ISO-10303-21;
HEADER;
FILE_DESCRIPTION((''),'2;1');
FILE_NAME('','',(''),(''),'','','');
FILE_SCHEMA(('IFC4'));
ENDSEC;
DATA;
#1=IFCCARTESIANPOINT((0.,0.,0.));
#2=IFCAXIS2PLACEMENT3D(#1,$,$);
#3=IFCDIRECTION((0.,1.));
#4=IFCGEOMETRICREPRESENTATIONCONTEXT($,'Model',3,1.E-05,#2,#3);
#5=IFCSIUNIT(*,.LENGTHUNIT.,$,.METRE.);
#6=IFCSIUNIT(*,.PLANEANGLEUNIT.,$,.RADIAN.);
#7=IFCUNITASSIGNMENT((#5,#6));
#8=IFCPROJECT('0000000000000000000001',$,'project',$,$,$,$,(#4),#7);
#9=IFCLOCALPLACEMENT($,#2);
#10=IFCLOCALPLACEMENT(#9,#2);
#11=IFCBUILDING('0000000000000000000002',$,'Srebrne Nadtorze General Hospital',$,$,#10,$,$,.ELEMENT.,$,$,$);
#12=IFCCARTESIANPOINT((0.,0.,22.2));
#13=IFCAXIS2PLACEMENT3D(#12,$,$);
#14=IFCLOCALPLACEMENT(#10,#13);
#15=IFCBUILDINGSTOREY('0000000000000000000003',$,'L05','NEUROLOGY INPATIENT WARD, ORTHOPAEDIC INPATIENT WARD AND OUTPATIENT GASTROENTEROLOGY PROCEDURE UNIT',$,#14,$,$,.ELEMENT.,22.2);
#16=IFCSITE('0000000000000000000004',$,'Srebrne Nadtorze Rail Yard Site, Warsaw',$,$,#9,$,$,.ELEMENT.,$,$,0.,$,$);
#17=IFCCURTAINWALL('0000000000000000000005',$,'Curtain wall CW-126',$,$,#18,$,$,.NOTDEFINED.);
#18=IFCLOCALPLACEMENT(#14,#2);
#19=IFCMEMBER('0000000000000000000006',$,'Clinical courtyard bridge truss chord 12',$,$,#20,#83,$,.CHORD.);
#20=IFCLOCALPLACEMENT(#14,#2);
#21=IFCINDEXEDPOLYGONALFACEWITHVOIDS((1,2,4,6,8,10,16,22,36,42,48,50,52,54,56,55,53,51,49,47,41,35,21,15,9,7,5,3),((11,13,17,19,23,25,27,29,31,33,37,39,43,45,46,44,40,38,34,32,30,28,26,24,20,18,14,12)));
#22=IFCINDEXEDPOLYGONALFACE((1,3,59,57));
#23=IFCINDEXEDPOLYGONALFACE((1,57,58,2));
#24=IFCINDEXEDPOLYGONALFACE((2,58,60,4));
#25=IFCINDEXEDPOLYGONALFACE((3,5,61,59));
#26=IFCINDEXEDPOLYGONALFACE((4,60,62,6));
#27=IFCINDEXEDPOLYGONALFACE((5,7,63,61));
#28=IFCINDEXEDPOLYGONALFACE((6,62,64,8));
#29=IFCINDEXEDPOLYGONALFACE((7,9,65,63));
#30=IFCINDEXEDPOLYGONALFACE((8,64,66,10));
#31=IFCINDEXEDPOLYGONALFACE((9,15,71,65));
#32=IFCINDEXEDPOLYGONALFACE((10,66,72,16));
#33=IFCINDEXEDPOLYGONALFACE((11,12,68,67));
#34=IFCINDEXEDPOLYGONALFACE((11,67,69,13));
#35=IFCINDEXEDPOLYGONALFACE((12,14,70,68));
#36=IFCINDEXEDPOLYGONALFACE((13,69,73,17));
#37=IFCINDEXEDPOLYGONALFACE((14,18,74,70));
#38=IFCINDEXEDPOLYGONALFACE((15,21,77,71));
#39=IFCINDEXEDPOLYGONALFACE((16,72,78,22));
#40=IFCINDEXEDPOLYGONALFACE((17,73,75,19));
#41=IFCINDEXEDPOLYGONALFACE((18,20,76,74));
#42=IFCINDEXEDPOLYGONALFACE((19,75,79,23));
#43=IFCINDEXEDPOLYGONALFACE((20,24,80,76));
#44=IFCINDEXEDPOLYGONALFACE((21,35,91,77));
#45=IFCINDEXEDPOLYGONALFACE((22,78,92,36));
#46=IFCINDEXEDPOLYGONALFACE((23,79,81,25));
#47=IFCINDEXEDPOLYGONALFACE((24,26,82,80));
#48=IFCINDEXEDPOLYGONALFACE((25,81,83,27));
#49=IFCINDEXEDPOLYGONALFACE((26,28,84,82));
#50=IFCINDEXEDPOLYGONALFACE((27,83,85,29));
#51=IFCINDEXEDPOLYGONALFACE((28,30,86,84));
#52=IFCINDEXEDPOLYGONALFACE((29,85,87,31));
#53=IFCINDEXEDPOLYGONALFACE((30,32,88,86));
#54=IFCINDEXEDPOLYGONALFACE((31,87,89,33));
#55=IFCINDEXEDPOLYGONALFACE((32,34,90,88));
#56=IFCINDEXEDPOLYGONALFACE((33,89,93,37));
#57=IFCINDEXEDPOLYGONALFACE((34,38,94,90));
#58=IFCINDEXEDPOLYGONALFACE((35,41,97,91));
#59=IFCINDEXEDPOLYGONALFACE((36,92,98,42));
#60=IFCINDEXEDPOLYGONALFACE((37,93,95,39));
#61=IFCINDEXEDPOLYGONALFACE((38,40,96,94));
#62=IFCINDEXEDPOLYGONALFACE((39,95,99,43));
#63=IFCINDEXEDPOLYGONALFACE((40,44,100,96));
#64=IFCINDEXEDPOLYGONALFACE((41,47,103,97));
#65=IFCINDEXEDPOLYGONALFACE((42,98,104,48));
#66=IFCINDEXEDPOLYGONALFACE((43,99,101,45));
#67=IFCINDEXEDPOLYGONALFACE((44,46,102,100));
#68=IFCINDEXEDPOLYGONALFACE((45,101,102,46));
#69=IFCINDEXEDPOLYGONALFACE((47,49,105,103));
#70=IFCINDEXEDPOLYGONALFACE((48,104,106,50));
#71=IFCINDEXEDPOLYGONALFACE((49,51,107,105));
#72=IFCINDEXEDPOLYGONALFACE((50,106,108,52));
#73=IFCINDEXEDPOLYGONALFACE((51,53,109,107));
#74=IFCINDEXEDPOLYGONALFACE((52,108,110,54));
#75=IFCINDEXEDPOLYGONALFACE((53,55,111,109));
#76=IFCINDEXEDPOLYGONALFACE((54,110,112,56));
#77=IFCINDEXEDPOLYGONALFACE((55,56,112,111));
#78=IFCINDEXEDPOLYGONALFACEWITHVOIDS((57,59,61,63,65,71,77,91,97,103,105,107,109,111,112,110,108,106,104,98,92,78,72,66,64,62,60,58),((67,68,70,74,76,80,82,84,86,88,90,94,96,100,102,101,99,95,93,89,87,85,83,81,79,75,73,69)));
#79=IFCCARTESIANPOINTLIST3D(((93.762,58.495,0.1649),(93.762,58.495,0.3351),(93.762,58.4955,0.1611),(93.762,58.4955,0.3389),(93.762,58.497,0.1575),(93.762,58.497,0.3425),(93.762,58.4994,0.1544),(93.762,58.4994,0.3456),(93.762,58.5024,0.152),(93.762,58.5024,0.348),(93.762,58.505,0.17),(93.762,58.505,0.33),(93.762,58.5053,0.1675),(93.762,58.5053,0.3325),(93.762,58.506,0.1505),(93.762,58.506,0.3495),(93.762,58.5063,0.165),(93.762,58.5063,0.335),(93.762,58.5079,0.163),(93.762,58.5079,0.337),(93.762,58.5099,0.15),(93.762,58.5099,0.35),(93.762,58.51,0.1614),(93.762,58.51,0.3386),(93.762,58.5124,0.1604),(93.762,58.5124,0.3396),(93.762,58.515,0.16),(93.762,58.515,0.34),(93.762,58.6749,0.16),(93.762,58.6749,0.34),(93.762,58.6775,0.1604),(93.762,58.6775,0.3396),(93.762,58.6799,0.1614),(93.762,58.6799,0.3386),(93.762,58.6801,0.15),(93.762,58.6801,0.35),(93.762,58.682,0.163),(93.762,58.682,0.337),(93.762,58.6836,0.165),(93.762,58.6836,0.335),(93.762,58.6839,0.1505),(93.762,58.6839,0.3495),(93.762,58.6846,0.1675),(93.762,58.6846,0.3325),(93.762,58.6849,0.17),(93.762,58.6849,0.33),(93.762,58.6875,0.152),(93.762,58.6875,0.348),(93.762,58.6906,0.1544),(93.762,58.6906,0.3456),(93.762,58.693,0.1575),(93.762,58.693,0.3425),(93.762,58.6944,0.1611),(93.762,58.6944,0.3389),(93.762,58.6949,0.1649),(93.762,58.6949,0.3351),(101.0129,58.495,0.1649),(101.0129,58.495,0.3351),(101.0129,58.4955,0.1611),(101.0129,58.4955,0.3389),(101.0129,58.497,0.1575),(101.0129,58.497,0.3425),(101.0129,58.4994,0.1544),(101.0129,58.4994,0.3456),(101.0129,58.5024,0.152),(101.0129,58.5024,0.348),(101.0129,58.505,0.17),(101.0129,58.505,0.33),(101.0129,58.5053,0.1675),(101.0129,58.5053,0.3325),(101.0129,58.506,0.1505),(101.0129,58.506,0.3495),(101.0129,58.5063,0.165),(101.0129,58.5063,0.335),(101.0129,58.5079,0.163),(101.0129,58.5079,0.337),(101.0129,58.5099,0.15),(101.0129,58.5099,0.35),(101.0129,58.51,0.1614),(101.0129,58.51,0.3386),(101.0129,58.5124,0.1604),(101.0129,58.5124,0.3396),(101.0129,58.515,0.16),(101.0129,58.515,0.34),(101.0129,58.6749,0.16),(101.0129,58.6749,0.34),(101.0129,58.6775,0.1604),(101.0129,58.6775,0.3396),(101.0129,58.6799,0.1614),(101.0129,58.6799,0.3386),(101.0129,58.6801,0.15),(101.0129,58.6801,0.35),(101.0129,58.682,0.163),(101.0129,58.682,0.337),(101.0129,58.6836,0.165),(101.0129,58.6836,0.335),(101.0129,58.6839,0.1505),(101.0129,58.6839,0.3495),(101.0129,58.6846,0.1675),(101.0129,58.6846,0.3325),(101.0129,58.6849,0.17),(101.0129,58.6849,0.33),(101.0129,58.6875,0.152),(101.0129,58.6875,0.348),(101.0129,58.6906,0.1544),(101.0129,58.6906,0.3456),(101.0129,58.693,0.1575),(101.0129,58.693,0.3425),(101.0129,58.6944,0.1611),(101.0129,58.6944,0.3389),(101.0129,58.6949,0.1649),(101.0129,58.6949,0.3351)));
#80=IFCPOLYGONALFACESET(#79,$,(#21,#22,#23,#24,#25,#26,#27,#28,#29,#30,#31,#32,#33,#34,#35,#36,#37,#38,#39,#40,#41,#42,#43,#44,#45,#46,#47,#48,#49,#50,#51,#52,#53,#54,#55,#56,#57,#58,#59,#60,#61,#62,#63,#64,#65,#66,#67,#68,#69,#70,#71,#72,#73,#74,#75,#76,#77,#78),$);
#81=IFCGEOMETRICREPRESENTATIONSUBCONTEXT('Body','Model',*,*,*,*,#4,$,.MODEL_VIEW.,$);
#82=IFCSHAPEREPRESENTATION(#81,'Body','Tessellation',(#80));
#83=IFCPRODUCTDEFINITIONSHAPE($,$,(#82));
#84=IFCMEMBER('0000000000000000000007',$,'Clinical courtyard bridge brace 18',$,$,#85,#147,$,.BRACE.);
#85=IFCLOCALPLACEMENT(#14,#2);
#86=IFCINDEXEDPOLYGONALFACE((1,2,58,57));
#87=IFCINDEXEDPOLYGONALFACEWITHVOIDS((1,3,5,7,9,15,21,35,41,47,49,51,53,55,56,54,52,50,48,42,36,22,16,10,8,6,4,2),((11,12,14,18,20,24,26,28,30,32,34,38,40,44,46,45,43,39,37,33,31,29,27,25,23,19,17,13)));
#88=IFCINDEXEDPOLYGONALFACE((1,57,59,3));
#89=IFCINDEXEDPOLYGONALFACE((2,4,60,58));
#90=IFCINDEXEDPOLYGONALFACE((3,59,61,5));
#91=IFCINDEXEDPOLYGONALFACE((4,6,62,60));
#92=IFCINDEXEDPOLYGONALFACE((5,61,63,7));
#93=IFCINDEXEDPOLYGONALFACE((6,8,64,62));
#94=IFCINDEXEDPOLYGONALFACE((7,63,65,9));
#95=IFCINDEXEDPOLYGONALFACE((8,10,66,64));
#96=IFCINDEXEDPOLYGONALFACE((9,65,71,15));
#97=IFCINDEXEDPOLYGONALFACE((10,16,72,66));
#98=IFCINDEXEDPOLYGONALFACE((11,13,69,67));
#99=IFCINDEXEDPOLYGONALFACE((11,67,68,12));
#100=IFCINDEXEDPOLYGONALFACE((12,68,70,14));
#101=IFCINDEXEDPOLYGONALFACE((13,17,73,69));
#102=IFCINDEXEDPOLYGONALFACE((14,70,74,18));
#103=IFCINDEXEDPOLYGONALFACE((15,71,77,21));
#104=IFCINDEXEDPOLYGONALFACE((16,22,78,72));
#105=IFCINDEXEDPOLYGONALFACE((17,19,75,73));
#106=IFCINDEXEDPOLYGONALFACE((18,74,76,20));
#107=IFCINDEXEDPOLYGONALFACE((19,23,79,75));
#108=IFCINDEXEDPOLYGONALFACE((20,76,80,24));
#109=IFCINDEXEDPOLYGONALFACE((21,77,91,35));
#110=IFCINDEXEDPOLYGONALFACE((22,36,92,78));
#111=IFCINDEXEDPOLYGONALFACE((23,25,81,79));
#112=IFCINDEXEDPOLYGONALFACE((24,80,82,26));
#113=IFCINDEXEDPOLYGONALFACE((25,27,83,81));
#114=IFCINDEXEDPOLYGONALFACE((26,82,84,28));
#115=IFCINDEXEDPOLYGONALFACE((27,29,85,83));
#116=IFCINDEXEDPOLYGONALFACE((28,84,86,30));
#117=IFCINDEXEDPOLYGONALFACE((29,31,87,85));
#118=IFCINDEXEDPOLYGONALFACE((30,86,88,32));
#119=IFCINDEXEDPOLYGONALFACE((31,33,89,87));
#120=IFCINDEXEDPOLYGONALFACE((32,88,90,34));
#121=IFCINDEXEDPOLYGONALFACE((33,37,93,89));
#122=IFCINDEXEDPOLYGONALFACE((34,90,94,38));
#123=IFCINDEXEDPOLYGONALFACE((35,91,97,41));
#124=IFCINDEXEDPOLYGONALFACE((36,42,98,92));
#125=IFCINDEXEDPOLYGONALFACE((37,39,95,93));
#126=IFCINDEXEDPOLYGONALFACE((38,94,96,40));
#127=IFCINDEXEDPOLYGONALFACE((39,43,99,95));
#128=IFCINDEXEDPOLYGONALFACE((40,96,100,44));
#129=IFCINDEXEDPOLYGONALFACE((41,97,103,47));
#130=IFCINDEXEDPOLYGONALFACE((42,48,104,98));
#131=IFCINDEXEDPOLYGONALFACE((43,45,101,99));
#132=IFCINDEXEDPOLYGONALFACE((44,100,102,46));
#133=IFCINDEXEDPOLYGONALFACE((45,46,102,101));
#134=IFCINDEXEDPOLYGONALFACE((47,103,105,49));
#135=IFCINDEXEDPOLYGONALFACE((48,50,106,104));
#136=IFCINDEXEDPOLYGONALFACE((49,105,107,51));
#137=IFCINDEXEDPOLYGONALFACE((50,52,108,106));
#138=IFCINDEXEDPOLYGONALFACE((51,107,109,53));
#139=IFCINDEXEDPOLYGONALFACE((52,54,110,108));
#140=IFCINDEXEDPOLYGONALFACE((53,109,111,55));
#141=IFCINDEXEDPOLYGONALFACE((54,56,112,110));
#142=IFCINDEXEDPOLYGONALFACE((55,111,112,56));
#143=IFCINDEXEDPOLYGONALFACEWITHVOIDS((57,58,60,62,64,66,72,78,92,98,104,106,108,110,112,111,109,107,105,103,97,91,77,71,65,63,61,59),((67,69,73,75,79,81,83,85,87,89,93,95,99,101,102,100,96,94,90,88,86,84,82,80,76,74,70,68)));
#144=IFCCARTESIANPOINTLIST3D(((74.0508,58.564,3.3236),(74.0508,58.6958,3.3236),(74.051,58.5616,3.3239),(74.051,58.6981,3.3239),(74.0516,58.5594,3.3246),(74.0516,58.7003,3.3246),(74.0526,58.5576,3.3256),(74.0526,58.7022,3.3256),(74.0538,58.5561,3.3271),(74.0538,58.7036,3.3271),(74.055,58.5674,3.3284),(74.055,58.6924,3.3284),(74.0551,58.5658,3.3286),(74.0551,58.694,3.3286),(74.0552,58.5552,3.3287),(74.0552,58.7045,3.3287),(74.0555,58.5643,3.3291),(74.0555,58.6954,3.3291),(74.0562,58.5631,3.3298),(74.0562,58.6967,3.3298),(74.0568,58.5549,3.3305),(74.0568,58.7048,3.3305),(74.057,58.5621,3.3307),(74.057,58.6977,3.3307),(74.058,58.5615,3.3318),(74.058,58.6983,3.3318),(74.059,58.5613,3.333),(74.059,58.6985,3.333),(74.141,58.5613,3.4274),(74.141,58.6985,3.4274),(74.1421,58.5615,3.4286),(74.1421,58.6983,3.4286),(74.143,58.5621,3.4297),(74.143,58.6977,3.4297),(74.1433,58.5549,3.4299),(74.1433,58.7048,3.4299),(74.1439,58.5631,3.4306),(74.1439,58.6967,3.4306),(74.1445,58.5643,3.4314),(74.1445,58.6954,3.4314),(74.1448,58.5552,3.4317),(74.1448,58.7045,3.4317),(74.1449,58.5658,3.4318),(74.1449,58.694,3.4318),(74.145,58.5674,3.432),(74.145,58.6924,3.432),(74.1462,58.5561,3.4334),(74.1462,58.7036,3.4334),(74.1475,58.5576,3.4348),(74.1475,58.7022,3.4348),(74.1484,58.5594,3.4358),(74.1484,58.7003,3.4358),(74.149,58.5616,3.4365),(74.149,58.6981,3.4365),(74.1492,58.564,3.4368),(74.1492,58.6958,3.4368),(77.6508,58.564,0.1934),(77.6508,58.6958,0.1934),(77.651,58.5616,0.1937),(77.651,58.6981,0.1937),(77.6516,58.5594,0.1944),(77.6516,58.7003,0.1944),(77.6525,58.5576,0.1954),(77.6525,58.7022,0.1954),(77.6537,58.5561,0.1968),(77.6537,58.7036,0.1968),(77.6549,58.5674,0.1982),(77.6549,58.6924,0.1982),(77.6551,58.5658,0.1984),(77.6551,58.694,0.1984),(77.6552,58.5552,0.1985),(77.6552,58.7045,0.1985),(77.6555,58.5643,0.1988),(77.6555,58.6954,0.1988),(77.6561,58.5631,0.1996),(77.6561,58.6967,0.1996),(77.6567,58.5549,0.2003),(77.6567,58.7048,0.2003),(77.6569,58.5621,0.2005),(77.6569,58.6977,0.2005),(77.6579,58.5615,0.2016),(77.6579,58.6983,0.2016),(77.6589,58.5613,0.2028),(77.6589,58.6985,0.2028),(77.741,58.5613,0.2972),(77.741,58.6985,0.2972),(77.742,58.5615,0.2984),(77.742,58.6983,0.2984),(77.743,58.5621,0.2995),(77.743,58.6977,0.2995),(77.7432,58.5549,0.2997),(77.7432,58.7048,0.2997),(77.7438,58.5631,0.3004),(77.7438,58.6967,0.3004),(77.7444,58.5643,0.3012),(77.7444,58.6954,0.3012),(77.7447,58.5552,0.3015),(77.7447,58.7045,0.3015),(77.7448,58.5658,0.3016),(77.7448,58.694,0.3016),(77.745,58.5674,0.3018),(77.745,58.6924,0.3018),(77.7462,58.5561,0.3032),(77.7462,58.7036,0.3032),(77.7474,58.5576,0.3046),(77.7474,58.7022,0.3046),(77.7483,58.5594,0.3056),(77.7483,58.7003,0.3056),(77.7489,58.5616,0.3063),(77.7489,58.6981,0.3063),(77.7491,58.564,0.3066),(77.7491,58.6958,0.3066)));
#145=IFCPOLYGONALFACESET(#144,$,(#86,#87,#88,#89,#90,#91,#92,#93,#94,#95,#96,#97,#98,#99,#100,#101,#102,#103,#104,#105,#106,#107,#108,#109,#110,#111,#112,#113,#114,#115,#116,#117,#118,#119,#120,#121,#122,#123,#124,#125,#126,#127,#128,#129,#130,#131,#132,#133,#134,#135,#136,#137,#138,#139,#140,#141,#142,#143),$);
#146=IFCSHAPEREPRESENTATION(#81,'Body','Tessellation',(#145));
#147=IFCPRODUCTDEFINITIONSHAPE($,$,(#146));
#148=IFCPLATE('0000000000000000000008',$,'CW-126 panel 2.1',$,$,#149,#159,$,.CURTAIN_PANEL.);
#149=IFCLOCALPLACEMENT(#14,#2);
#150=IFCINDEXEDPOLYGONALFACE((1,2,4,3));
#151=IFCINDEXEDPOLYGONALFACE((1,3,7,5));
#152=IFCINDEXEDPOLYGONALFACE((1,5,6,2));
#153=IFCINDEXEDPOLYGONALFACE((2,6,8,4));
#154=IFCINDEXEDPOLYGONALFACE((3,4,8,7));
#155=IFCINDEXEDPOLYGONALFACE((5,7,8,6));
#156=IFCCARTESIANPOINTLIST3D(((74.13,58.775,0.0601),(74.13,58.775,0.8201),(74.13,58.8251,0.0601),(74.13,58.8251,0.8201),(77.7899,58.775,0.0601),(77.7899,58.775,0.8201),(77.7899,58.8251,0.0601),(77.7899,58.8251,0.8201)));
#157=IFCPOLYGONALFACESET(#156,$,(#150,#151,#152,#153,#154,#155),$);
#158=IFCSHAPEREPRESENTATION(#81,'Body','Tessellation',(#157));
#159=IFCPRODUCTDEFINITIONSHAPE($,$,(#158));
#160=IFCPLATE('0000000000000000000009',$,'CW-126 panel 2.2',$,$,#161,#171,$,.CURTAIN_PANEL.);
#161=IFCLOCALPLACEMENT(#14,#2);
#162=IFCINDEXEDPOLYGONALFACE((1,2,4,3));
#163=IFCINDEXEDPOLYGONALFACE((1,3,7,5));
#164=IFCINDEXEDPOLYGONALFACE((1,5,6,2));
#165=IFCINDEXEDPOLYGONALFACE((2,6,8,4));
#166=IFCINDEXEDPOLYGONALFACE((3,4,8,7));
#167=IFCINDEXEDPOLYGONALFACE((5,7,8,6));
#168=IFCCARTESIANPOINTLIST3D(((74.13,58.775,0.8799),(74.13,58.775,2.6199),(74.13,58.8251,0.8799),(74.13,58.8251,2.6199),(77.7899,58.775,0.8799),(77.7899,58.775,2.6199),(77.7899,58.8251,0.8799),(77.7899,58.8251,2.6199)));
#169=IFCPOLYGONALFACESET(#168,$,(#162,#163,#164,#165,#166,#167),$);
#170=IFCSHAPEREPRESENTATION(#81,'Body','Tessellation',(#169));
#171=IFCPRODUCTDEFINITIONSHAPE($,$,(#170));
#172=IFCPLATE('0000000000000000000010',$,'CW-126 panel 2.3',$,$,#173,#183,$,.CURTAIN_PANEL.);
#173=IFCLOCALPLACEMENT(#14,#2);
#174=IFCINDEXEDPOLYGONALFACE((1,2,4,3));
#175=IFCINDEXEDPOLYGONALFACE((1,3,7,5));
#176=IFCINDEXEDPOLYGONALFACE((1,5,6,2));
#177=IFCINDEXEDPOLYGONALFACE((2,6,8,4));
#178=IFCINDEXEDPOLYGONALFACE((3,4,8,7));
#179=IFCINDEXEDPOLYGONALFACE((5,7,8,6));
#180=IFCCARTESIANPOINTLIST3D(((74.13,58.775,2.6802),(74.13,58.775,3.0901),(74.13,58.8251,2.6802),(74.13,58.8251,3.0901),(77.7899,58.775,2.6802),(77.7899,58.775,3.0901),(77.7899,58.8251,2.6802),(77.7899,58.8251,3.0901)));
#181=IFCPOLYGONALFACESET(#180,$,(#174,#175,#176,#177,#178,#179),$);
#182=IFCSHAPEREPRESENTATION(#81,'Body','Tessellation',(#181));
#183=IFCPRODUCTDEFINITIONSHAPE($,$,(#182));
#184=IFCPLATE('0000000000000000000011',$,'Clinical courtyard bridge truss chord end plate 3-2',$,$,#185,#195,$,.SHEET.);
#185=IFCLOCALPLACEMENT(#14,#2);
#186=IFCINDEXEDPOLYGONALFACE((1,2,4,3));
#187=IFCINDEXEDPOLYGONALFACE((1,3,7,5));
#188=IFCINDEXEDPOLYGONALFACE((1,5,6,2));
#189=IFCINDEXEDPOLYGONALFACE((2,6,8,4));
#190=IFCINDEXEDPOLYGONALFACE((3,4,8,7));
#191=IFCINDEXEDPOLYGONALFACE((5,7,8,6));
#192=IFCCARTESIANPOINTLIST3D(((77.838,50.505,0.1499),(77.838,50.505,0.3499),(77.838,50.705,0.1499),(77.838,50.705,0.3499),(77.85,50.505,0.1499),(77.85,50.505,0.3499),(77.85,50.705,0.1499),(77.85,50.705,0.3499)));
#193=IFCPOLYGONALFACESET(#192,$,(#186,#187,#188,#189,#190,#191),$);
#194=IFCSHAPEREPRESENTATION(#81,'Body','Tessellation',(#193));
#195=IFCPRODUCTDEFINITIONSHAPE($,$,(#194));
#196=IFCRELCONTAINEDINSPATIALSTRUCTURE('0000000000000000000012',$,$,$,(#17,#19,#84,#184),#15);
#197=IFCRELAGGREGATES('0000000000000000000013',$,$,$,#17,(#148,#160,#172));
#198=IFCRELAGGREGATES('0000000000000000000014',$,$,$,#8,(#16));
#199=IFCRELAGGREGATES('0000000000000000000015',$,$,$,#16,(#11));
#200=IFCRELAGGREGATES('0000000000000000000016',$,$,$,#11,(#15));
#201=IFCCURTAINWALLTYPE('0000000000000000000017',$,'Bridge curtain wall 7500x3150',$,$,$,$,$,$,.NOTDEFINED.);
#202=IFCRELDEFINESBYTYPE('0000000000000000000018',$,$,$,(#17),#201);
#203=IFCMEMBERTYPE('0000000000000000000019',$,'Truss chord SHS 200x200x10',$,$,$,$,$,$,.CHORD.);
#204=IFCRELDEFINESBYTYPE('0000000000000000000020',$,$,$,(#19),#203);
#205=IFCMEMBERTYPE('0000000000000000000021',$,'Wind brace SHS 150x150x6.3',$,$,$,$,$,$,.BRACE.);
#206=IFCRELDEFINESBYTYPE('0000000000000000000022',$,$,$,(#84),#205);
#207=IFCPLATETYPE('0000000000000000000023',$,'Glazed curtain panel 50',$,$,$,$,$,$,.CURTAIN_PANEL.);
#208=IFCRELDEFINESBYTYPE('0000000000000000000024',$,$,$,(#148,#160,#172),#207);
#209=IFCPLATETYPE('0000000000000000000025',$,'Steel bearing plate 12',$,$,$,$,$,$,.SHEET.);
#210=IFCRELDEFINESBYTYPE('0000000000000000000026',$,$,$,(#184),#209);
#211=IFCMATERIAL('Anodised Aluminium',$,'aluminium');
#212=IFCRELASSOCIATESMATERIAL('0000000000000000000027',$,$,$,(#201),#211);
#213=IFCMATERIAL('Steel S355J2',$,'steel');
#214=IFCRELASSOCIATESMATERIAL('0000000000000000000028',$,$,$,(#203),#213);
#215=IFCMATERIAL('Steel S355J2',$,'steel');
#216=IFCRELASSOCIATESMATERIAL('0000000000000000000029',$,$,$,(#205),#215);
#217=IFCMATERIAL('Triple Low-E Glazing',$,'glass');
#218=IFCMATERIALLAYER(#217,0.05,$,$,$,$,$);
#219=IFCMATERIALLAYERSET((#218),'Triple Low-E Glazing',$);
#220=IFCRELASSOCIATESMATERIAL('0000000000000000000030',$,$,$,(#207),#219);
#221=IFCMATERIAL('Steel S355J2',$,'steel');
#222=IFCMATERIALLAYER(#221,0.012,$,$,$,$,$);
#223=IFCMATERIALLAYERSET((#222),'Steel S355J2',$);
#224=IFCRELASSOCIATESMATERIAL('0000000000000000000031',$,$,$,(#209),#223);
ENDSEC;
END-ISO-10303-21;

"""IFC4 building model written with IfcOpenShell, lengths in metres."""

from ifc_helpers import new_model, si_unit, direction, frame, origin, origin_2d, place, context, subcontext, project, spatial, rectangle, hollow_rectangle, extrude, material, layer, layer_set, material_profile, profile_set, type_object, element, aggregate, save


model = new_model("IFC4")

# Units and contexts
model_context = context("Model", 3, precision=1e-05, world=origin(), true_north=direction((0.0, 1.0)))
body_context = subcontext(model_context, "Body", "Model", "MODEL_VIEW")
ifc_project = project(units=[si_unit("LENGTHUNIT", "METRE"), si_unit("PLANEANGLEUNIT", "RADIAN")], contexts=[model_context])

# Site, building, storey
site_placement = place(None, origin())
site = spatial("IfcSite", under=ifc_project, at=site_placement, Name="Srebrne Nadtorze Rail Yard Site, Warsaw", CompositionType="ELEMENT", RefElevation=0.0)
building_placement = place(site_placement, origin())
building = spatial("IfcBuilding", under=site, at=building_placement, Name="Srebrne Nadtorze General Hospital", CompositionType="ELEMENT")
storey_placement = place(building_placement, frame((0.0, 0.0, 22.2)))
storey = spatial("IfcBuildingStorey", under=building, at=storey_placement, Name="L05", Description="NEUROLOGY INPATIENT WARD, ORTHOPAEDIC INPATIENT WARD AND OUTPATIENT GASTROENTEROLOGY PROCEDURE UNIT", CompositionType="ELEMENT", Elevation=22.2)

# Curtain wall
ifc_material_1 = material(Name="Anodised Aluminium", Category="aluminium")
curtain_wall_type = type_object("IfcCurtainWallType", Name="Bridge curtain wall 7500x3150", PredefinedType="NOTDEFINED", material=ifc_material_1)
curtain_wall_1_placement = place(storey_placement, origin())
curtain_wall_1 = element("IfcCurtainWall", 1, at=curtain_wall_1_placement, inside=storey, type_object=curtain_wall_type, Name="Curtain wall CW-126", PredefinedType="NOTDEFINED")

# Members
ifc_material_2 = material(Name="Steel S355J2", Category="steel")
ifc_material_profile_1 = material_profile(ifc_material_2, hollow_rectangle(XDim=0.2, YDim=0.2, WallThickness=0.01, InnerFilletRadius=0.01, OuterFilletRadius=0.0149, at=origin_2d()), Name="SHS-200x200x10")
ifc_profile_set_1 = profile_set([ifc_material_profile_1], Name="Steel S355J2")
member_type_1 = type_object("IfcMemberType", Name="Truss chord SHS 200x200x10", PredefinedType="CHORD", material=ifc_profile_set_1)
member_1_placement = place(storey_placement, frame((93.762, 58.595, 0.25), z_axis=(1.0, 0.0, 0.0), x_axis=(0.0, 1.0, 0.0)))
element("IfcMember", 2, at=member_1_placement, inside=storey, type_object=member_type_1, Name="Clinical courtyard bridge truss chord 12", PredefinedType="CHORD", context=body_context, shape_type="SweptSolid", body=[
    extrude(hollow_rectangle(XDim=0.2, YDim=0.2, WallThickness=0.01, InnerFilletRadius=0.01, OuterFilletRadius=0.0149, at=origin_2d()), origin(), (0.0, 0.0, 1.0), 7.251),
])
ifc_material_3 = material(Name="Steel S355J2", Category="steel")
ifc_material_profile_2 = material_profile(ifc_material_3, hollow_rectangle(XDim=0.1499, YDim=0.1499, WallThickness=0.0063, InnerFilletRadius=0.0061, OuterFilletRadius=0.009, at=origin_2d()), Name="SHS-150x150x6.3")
ifc_profile_set_2 = profile_set([ifc_material_profile_2], Name="Steel S355J2")
member_type_2 = type_object("IfcMemberType", Name="Wind brace SHS 150x150x6.3", PredefinedType="BRACE", material=ifc_profile_set_2)
member_2_placement = place(storey_placement, frame((77.7, 58.6299, 0.25), z_axis=(-0.754624, 0.0, 0.656157), x_axis=(0.0, -1.0, 0.0)))
element("IfcMember", 3, at=member_2_placement, inside=storey, type_object=member_type_2, Name="Clinical courtyard bridge brace 18", PredefinedType="BRACE", context=body_context, shape_type="SweptSolid", body=[
    extrude(hollow_rectangle(XDim=0.1499, YDim=0.1499, WallThickness=0.0063, InnerFilletRadius=0.0061, OuterFilletRadius=0.009, at=origin_2d()), origin(), (0.0, 0.0, 1.0), 4.7705),
])

# Plates
ifc_material_4 = material(Name="Triple Low-E Glazing", Category="glass")
ifc_layer_1 = layer(ifc_material_4, 0.05)
ifc_layer_set_1 = layer_set([ifc_layer_1], Name="Triple Low-E Glazing")
plate_type_1 = type_object("IfcPlateType", Name="Glazed curtain panel 50", PredefinedType="CURTAIN_PANEL", material=ifc_layer_set_1)
plate_1_placement = place(storey_placement, frame((75.96, 58.8, 0.0601), z_axis=(0.0, 0.0, 1.0), x_axis=(1.0, 0.0, 0.0)))
plate_1 = element("IfcPlate", 4, at=plate_1_placement, type_object=plate_type_1, Name="CW-126 panel 2.1", PredefinedType="CURTAIN_PANEL", context=body_context, shape_type="SweptSolid", body=[
    extrude(rectangle(XDim=3.6599, YDim=0.05, at=origin_2d()), origin(), (0.0, 0.0, 1.0), 0.76),
])
plate_2_placement = place(storey_placement, frame((75.96, 58.8, 0.8799), z_axis=(0.0, 0.0, 1.0), x_axis=(1.0, 0.0, 0.0)))
plate_2 = element("IfcPlate", 5, at=plate_2_placement, type_object=plate_type_1, Name="CW-126 panel 2.2", PredefinedType="CURTAIN_PANEL", context=body_context, shape_type="SweptSolid", body=[
    extrude(rectangle(XDim=3.6599, YDim=0.05, at=origin_2d()), origin(), (0.0, 0.0, 1.0), 1.74),
])
plate_3_placement = place(storey_placement, frame((75.96, 58.8, 2.6802), z_axis=(0.0, 0.0, 1.0), x_axis=(1.0, 0.0, 0.0)))
plate_3 = element("IfcPlate", 6, at=plate_3_placement, type_object=plate_type_1, Name="CW-126 panel 2.3", PredefinedType="CURTAIN_PANEL", context=body_context, shape_type="SweptSolid", body=[
    extrude(rectangle(XDim=3.6599, YDim=0.05, at=origin_2d()), origin(), (0.0, 0.0, 1.0), 0.4099),
])
aggregate(curtain_wall_1, [plate_1, plate_2, plate_3])

# Plate
ifc_material_5 = material(Name="Steel S355J2", Category="steel")
ifc_layer_2 = layer(ifc_material_5, 0.012)
ifc_layer_set_2 = layer_set([ifc_layer_2], Name="Steel S355J2")
plate_type_2 = type_object("IfcPlateType", Name="Steel bearing plate 12", PredefinedType="SHEET", material=ifc_layer_set_2)
for number, where, z_axis, x_axis, name in (
    (7, (77.844, 50.605, 0.1499), (0.0, 0.0, 1.0), (1.0, 0.0, 0.0), "Clinical courtyard bridge truss chord end plate 3-2"),
):
    element("IfcPlate", number, at=place(storey_placement, frame(where, z_axis=z_axis, x_axis=x_axis)), inside=storey, type_object=plate_type_2, Name=name, PredefinedType="SHEET", context=body_context, shape_type="SweptSolid", body=[
        extrude(rectangle(XDim=0.012, YDim=0.2, at=origin_2d()), origin(), (0.0, 0.0, 1.0), 0.2),
    ])

save(model, "model.ifc")
